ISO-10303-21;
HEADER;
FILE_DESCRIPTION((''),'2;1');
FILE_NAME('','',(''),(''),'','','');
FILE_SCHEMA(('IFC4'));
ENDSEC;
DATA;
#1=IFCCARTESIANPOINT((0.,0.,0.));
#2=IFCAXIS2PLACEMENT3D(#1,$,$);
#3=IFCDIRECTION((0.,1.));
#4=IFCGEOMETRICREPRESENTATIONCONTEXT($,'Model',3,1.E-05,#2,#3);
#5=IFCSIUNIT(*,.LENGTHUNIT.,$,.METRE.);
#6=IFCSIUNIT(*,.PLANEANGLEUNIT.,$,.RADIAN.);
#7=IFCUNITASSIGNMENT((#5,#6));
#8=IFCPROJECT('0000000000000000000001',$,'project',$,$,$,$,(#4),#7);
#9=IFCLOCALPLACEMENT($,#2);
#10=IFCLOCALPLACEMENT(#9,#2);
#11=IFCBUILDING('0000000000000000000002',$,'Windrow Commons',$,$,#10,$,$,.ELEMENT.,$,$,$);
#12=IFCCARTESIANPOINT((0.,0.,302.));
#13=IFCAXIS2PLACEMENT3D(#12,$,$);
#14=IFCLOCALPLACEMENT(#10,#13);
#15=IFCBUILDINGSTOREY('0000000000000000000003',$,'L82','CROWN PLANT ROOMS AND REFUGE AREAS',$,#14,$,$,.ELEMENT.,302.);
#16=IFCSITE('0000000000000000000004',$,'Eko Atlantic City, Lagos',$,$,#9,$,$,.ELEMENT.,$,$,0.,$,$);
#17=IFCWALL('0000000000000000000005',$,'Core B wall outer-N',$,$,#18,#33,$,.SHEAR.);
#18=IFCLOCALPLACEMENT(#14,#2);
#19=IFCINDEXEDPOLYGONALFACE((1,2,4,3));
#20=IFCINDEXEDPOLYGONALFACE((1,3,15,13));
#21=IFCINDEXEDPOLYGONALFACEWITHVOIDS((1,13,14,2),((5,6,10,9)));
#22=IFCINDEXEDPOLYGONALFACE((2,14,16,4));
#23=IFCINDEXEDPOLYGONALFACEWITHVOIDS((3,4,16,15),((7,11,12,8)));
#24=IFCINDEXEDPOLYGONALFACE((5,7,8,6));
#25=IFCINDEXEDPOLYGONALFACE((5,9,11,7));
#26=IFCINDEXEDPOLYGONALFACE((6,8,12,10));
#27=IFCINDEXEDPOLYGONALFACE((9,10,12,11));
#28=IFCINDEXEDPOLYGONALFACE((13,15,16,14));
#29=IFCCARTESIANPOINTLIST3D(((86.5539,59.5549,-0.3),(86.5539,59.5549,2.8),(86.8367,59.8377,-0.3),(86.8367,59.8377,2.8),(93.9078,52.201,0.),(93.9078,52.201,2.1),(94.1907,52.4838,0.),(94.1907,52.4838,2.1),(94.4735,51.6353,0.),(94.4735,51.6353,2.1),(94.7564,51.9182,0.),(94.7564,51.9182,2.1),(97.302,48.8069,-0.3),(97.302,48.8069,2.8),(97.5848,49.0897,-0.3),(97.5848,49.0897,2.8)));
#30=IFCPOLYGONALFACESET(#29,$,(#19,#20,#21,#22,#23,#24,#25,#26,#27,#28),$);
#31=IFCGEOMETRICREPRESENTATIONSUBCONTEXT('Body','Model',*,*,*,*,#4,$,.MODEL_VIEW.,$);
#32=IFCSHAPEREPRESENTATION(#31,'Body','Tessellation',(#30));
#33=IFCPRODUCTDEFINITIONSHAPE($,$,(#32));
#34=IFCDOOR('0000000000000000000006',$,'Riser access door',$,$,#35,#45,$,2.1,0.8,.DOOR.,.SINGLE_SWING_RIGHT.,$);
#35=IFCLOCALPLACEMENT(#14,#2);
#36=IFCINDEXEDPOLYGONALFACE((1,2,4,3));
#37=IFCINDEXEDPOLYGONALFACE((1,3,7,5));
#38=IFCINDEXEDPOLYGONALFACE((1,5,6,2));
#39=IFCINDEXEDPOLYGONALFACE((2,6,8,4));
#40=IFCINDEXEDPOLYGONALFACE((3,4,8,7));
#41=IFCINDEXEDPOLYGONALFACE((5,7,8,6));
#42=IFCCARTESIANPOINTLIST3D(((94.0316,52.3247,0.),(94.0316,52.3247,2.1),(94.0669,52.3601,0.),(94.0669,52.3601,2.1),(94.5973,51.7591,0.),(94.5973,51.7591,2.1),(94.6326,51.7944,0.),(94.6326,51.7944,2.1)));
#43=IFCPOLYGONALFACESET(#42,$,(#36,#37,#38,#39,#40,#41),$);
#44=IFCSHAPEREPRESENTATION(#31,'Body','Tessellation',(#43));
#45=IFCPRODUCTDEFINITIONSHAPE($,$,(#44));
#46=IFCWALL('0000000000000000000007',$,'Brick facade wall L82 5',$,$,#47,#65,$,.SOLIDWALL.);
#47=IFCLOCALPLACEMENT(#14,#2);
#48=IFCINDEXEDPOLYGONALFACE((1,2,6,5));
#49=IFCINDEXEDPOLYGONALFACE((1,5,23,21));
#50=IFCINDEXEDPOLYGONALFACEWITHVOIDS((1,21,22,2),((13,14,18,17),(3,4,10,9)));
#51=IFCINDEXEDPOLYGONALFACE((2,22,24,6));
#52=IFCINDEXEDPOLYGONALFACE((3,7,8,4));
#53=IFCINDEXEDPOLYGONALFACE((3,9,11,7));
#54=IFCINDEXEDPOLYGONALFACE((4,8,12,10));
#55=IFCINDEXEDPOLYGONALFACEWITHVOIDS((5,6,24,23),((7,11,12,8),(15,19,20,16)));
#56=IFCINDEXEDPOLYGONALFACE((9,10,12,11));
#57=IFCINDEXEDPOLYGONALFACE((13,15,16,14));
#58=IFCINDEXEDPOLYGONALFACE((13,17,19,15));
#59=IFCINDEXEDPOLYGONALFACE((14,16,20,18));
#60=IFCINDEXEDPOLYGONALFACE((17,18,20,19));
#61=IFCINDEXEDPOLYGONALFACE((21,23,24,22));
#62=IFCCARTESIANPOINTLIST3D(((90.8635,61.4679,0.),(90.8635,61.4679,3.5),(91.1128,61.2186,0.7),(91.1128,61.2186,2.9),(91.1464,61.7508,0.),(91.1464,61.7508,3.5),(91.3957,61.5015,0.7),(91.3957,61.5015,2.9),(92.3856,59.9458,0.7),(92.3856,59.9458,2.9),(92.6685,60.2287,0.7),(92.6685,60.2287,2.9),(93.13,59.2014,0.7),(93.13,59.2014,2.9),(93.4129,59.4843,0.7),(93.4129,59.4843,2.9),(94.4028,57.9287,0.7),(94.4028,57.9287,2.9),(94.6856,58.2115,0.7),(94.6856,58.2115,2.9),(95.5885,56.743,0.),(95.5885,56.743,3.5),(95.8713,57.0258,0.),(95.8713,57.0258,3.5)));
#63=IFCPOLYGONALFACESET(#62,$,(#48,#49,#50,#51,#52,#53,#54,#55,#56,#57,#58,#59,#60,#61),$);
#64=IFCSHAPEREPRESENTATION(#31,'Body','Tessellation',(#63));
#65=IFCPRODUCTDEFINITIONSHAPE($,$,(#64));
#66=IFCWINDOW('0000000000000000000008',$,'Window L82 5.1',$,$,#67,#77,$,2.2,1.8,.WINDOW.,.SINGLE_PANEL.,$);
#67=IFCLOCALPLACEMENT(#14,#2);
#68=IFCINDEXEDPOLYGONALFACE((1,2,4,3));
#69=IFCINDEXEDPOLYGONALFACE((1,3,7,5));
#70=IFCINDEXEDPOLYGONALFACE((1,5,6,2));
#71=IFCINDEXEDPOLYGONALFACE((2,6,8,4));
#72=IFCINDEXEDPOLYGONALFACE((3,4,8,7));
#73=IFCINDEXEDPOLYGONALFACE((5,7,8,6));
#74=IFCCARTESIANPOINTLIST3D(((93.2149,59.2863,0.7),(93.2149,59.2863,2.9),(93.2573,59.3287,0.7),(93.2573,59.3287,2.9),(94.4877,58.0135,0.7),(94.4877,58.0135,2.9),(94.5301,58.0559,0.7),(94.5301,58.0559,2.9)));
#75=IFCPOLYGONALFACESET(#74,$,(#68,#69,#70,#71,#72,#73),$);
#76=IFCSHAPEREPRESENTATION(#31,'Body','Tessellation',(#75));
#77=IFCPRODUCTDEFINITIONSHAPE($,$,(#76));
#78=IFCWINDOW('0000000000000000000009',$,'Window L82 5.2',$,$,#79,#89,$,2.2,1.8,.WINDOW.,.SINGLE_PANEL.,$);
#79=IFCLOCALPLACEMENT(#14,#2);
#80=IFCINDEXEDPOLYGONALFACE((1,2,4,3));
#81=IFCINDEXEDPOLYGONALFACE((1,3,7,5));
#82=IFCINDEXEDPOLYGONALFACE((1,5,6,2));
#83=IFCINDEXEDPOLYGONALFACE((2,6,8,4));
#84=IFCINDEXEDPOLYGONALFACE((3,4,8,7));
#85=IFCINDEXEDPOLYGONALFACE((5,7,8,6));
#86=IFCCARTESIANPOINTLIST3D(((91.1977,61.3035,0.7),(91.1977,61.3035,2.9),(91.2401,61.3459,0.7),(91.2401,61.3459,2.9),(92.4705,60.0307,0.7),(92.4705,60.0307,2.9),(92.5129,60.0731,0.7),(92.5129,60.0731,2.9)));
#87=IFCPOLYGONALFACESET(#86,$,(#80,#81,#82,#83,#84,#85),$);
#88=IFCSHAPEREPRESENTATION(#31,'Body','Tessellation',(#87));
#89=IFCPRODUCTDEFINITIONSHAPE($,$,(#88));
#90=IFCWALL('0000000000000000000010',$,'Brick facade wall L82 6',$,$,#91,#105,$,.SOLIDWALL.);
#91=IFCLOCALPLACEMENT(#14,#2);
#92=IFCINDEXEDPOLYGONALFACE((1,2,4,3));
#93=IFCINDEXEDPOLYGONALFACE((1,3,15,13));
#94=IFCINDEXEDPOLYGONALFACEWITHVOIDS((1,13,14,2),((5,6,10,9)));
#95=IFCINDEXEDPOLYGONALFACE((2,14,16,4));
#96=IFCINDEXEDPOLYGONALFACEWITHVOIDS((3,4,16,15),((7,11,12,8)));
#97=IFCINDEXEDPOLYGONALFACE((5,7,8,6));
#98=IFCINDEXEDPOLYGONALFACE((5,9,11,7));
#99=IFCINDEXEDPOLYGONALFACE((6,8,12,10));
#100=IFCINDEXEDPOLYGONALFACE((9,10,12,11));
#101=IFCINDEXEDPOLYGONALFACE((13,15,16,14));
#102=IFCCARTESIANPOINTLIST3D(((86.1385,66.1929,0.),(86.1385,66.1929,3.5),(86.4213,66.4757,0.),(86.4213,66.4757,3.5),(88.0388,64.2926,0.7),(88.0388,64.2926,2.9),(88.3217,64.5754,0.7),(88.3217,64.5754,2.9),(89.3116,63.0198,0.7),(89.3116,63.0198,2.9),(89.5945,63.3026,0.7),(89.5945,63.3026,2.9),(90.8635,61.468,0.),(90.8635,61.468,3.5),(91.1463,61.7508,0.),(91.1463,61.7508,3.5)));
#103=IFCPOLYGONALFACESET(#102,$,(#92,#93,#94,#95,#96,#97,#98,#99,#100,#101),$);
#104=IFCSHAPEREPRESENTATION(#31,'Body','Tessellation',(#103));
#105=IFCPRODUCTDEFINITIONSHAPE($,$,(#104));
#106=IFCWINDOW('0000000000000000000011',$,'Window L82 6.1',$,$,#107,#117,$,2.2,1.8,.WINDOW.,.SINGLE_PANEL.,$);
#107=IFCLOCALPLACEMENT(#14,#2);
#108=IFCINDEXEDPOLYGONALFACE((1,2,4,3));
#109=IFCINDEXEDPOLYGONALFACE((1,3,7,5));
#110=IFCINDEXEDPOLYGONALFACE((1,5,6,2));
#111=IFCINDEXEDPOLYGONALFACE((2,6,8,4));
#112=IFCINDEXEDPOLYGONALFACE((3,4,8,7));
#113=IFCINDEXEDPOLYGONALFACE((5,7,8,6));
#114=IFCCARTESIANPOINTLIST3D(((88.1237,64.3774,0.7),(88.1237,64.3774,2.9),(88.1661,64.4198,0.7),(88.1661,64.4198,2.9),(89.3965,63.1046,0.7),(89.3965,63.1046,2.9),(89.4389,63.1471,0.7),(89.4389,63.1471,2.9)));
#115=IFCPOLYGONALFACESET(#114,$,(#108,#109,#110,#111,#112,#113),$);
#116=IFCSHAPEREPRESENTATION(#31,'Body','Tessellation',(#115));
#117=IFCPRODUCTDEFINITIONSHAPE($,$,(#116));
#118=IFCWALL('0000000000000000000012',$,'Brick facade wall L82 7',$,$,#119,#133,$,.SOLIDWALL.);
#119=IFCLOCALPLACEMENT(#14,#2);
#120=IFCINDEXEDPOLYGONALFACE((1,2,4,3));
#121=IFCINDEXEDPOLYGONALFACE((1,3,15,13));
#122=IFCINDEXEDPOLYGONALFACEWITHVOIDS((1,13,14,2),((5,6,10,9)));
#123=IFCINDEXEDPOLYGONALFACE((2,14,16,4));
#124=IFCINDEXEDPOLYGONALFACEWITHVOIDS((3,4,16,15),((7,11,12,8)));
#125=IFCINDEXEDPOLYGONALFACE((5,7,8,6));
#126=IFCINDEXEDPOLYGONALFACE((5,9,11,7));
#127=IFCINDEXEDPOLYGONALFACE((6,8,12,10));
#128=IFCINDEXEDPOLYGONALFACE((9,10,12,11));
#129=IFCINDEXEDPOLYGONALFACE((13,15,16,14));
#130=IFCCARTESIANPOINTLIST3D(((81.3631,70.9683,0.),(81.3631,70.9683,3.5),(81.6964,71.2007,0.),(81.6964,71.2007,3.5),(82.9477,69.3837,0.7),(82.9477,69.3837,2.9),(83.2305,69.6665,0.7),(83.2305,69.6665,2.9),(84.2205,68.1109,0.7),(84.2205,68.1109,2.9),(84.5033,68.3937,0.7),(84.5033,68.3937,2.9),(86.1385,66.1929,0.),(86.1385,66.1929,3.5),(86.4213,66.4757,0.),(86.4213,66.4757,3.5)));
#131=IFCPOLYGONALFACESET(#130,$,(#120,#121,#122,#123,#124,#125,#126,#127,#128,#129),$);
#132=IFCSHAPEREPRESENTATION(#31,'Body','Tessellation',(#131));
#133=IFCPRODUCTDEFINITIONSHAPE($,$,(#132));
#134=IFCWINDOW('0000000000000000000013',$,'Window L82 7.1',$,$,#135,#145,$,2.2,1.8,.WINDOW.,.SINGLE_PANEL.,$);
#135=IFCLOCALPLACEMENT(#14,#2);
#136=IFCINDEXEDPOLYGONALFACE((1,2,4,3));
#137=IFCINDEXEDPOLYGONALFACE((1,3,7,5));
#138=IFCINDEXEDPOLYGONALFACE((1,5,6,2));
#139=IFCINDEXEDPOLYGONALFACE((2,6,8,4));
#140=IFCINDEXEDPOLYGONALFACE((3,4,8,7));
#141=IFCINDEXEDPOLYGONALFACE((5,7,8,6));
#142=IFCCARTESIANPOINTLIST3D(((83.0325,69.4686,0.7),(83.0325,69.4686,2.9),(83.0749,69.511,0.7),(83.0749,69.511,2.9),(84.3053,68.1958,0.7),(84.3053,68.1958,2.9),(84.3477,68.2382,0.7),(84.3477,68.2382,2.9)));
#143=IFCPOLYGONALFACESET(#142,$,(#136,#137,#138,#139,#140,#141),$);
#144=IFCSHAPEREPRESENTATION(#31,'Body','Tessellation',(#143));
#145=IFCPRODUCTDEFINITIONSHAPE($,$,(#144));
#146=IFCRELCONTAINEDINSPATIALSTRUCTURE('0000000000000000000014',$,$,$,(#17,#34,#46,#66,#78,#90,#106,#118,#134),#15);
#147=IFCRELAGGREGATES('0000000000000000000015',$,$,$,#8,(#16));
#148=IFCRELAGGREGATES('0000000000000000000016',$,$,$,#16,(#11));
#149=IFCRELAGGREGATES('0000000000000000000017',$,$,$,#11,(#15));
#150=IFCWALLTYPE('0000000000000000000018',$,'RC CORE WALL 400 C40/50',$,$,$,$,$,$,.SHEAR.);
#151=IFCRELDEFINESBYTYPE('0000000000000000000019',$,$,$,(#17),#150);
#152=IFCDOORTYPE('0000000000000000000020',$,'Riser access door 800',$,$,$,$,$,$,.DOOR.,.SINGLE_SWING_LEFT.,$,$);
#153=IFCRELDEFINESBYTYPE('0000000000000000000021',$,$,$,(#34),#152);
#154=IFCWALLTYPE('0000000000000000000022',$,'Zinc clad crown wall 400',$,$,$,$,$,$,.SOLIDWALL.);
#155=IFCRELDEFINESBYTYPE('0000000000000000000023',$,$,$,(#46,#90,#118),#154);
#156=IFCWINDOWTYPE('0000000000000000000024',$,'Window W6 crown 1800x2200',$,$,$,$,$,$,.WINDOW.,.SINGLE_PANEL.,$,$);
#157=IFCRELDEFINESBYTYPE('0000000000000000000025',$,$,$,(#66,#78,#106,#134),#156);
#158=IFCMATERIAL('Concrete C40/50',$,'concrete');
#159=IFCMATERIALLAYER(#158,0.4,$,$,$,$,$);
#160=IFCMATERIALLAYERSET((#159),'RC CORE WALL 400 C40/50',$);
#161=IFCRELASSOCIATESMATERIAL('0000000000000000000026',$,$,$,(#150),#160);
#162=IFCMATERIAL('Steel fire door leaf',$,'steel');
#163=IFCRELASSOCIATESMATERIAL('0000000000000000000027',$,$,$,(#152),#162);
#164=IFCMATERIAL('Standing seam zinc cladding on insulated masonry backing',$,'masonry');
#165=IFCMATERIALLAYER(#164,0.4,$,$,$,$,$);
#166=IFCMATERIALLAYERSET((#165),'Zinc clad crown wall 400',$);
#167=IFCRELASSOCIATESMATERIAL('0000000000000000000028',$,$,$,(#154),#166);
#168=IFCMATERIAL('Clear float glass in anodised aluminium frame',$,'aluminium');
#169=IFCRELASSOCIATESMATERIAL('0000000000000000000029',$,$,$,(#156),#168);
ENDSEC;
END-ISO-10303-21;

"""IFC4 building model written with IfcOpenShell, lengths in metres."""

from ifc_helpers import new_model, si_unit, direction, frame, frame_2d, origin, place, context, subcontext, project, spatial, polyline, rectangle, outline, extrude, material, layer, layer_set, type_object, element, fill, save


model = new_model("IFC4")

# Units and contexts
model_context = context("Model", 3, precision=1e-05, world=origin(), true_north=direction((0.0, 1.0)))
body_context = subcontext(model_context, "Body", "Model", "MODEL_VIEW")
ifc_project = project(units=[si_unit("LENGTHUNIT", "METRE"), si_unit("PLANEANGLEUNIT", "RADIAN")], contexts=[model_context])

# Site, building, storey
site_placement = place(None, origin())
site = spatial("IfcSite", under=ifc_project, at=site_placement, Name="Eko Atlantic City, Lagos", CompositionType="ELEMENT", RefElevation=0.0)
building_placement = place(site_placement, origin())
building = spatial("IfcBuilding", under=site, at=building_placement, Name="Windrow Commons", CompositionType="ELEMENT")
storey_placement = place(building_placement, frame((0.0, 0.0, 302.0)))
storey = spatial("IfcBuildingStorey", under=building, at=storey_placement, Name="L82", Description="CROWN PLANT ROOMS AND REFUGE AREAS", CompositionType="ELEMENT", Elevation=302.0)

# Wall, opening, door
ifc_material_1 = material(Name="Concrete C40/50", Category="concrete")
ifc_layer_1 = layer(ifc_material_1, 0.4)
ifc_layer_set_1 = layer_set([ifc_layer_1], Name="RC CORE WALL 400 C40/50")
wall_type_1 = type_object("IfcWallType", Name="RC CORE WALL 400 C40/50", PredefinedType="SHEAR", material=ifc_layer_set_1)
wall_1_placement = place(storey_placement, frame((86.6953, 59.6963, -0.3), z_axis=(0.0, 0.0, 1.0), x_axis=(0.70711, -0.707103, 0.0)))
wall_1 = element("IfcWall", 1, at=wall_1_placement, inside=storey, type_object=wall_type_1, Name="Core B wall outer-N", PredefinedType="SHEAR", context=body_context, shape_type="SweptSolid", body=[
    extrude(outline(polyline([(0.0, 0.0), (15.2, 0.0), (15.2, 3.1), (0.0, 3.1), (0.0, 0.0)])), frame((0.0, 0.2, 0.0), z_axis=(0.0, -1.0, 0.0), x_axis=(1.0, 0.0, 0.0)), (0.0, 0.0, 1.0), 0.4),
])
opening_1_placement = place(wall_1_placement, frame((10.4, 0.0, 0.3)))
opening_1 = element("IfcOpeningElement", 2, at=opening_1_placement, cuts=wall_1, PredefinedType="OPENING", context=body_context, shape_type="SweptSolid", body=[
    extrude(rectangle(XDim=0.8, YDim=2.1, at=frame_2d((0.4, 1.05))), frame((0.0, 0.21, 0.0), z_axis=(0.0, -1.0, 0.0), x_axis=(1.0, 0.0, 0.0)), (0.0, 0.0, 1.0), 0.42),
])
ifc_material_2 = material(Name="Steel fire door leaf", Category="steel")
door_type_1 = type_object("IfcDoorType", Name="Riser access door 800", OperationType="SINGLE_SWING_LEFT", PredefinedType="DOOR", material=ifc_material_2)
door_1_placement = place(opening_1_placement, origin())
door_1 = element("IfcDoor", 3, at=door_1_placement, inside=storey, type_object=door_type_1, Name="Riser access door", OperationType="SINGLE_SWING_RIGHT", OverallHeight=2.1, OverallWidth=0.8, PredefinedType="DOOR", context=body_context, shape_type="SweptSolid", body=[
    extrude(rectangle(XDim=0.8, YDim=2.1, at=frame_2d((0.4, 1.05))), frame((0.0, 0.025, 0.0), z_axis=(0.0, -1.0, 0.0), x_axis=(1.0, 0.0, 0.0)), (0.0, 0.0, 1.0), 0.05),
])
fill(opening_1, door_1)

# Wall, openings, windows
ifc_material_3 = material(Name="Standing seam zinc cladding on insulated masonry backing", Category="masonry")
ifc_layer_2 = layer(ifc_material_3, 0.4)
ifc_layer_set_2 = layer_set([ifc_layer_2], Name="Zinc clad crown wall 400")
wall_type_2 = type_object("IfcWallType", Name="Zinc clad crown wall 400", PredefinedType="SOLIDWALL", material=ifc_layer_set_2)
wall_2_placement = place(storey_placement, frame((95.7299, 56.8844, 0.0), z_axis=(0.0, 0.0, 1.0), x_axis=(-0.707107, 0.707107, 0.0)))
wall_2 = element("IfcWall", 4, at=wall_2_placement, inside=storey, type_object=wall_type_2, Name="Brick facade wall L82 5", PredefinedType="SOLIDWALL", context=body_context, shape_type="SweptSolid", body=[
    extrude(outline(polyline([(0.0, -0.2), (6.6821, -0.2), (6.6821, 0.2), (0.0, 0.2), (0.0, -0.2)])), origin(), (0.0, 0.0, 1.0), 3.5),
])
opening_2_placement = place(wall_2_placement, frame((1.6768, 0.0, 0.7)))
opening_2 = element("IfcOpeningElement", 5, at=opening_2_placement, cuts=wall_2, PredefinedType="OPENING", context=body_context, shape_type="SweptSolid", body=[
    extrude(rectangle(XDim=1.8, YDim=2.2, at=frame_2d((0.9, 1.1))), frame((0.0, 0.21, 0.0), z_axis=(0.0, -1.0, 0.0), x_axis=(1.0, 0.0, 0.0)), (0.0, 0.0, 1.0), 0.42),
])
opening_3_placement = place(wall_2_placement, frame((4.5295, 0.0, 0.7)))
opening_3 = element("IfcOpeningElement", 6, at=opening_3_placement, cuts=wall_2, PredefinedType="OPENING", context=body_context, shape_type="SweptSolid", body=[
    extrude(rectangle(XDim=1.8, YDim=2.2, at=frame_2d((0.9, 1.1))), frame((0.0, 0.21, 0.0), z_axis=(0.0, -1.0, 0.0), x_axis=(1.0, 0.0, 0.0)), (0.0, 0.0, 1.0), 0.42),
])
ifc_material_4 = material(Name="Clear float glass in anodised aluminium frame", Category="aluminium")
window_type = type_object("IfcWindowType", Name="Window W6 crown 1800x2200", PartitioningType="SINGLE_PANEL", PredefinedType="WINDOW", material=ifc_material_4)
window_1_placement = place(opening_2_placement, origin())
window_1 = element("IfcWindow", 7, at=window_1_placement, inside=storey, type_object=window_type, Name="Window L82 5.1", OverallHeight=2.2, OverallWidth=1.8, PartitioningType="SINGLE_PANEL", PredefinedType="WINDOW", context=body_context, shape_type="SweptSolid", body=[
    extrude(rectangle(XDim=1.8, YDim=2.2, at=frame_2d((0.9, 1.1))), frame((0.0, 0.08, 0.0), z_axis=(0.0, -1.0, 0.0), x_axis=(1.0, 0.0, 0.0)), (0.0, 0.0, 1.0), 0.06),
])
fill(opening_2, window_1)
window_2_placement = place(opening_3_placement, origin())
window_2 = element("IfcWindow", 8, at=window_2_placement, inside=storey, type_object=window_type, Name="Window L82 5.2", OverallHeight=2.2, OverallWidth=1.8, PartitioningType="SINGLE_PANEL", PredefinedType="WINDOW", context=body_context, shape_type="SweptSolid", body=[
    extrude(rectangle(XDim=1.8, YDim=2.2, at=frame_2d((0.9, 1.1))), frame((0.0, 0.08, 0.0), z_axis=(0.0, -1.0, 0.0), x_axis=(1.0, 0.0, 0.0)), (0.0, 0.0, 1.0), 0.06),
])
fill(opening_3, window_2)

# Walls, openings, windows
wall_3_placement = place(storey_placement, frame((91.0049, 61.6094, 0.0), z_axis=(0.0, 0.0, 1.0), x_axis=(-0.707114, 0.707099, 0.0)))
wall_3 = element("IfcWall", 9, at=wall_3_placement, inside=storey, type_object=wall_type_2, Name="Brick facade wall L82 6", PredefinedType="SOLIDWALL", context=body_context, shape_type="SweptSolid", body=[
    extrude(outline(polyline([(0.0, -0.2), (6.6821, -0.2), (6.6821, 0.2), (0.0, 0.2), (0.0, -0.2)])), origin(), (0.0, 0.0, 1.0), 3.5),
])
opening_4_placement = place(wall_3_placement, frame((2.1946, 0.0, 0.7)))
opening_4 = element("IfcOpeningElement", 10, at=opening_4_placement, cuts=wall_3, PredefinedType="OPENING", context=body_context, shape_type="SweptSolid", body=[
    extrude(rectangle(XDim=1.8, YDim=2.2, at=frame_2d((0.9, 1.1))), frame((0.0, 0.21, 0.0), z_axis=(0.0, -1.0, 0.0), x_axis=(1.0, 0.0, 0.0)), (0.0, 0.0, 1.0), 0.42),
])
window_3_placement = place(opening_4_placement, origin())
window_3 = element("IfcWindow", 11, at=window_3_placement, inside=storey, type_object=window_type, Name="Window L82 6.1", OverallHeight=2.2, OverallWidth=1.8, PartitioningType="SINGLE_PANEL", PredefinedType="WINDOW", context=body_context, shape_type="SweptSolid", body=[
    extrude(rectangle(XDim=1.8, YDim=2.2, at=frame_2d((0.9, 1.1))), frame((0.0, 0.08, 0.0), z_axis=(0.0, -1.0, 0.0), x_axis=(1.0, 0.0, 0.0)), (0.0, 0.0, 1.0), 0.06),
])
fill(opening_4, window_3)
wall_4_placement = place(storey_placement, frame((86.2799, 66.3343, 0.0), z_axis=(0.0, 0.0, 1.0), x_axis=(-0.707107, 0.707107, 0.0)))
wall_4 = element("IfcWall", 12, at=wall_4_placement, inside=storey, type_object=wall_type_2, Name="Brick facade wall L82 7", PredefinedType="SOLIDWALL", context=body_context, shape_type="SweptSolid", body=[
    extrude(outline(polyline([(0.0, -0.2), (6.6821, -0.2), (6.7534, 0.2), (0.0, 0.2), (0.0, -0.2)])), origin(), (0.0, 0.0, 1.0), 3.5),
])
opening_5_placement = place(wall_4_placement, frame((2.7125, 0.0, 0.7)))
opening_5 = element("IfcOpeningElement", 13, at=opening_5_placement, cuts=wall_4, PredefinedType="OPENING", context=body_context, shape_type="SweptSolid", body=[
    extrude(rectangle(XDim=1.8, YDim=2.2, at=frame_2d((0.9, 1.1))), frame((0.0, 0.21, 0.0), z_axis=(0.0, -1.0, 0.0), x_axis=(1.0, 0.0, 0.0)), (0.0, 0.0, 1.0), 0.42),
])
window_4_placement = place(opening_5_placement, origin())
window_4 = element("IfcWindow", 14, at=window_4_placement, inside=storey, type_object=window_type, Name="Window L82 7.1", OverallHeight=2.2, OverallWidth=1.8, PartitioningType="SINGLE_PANEL", PredefinedType="WINDOW", context=body_context, shape_type="SweptSolid", body=[
    extrude(rectangle(XDim=1.8, YDim=2.2, at=frame_2d((0.9, 1.1))), frame((0.0, 0.08, 0.0), z_axis=(0.0, -1.0, 0.0), x_axis=(1.0, 0.0, 0.0)), (0.0, 0.0, 1.0), 0.06),
])
fill(opening_5, window_4)

save(model, "model.ifc")
